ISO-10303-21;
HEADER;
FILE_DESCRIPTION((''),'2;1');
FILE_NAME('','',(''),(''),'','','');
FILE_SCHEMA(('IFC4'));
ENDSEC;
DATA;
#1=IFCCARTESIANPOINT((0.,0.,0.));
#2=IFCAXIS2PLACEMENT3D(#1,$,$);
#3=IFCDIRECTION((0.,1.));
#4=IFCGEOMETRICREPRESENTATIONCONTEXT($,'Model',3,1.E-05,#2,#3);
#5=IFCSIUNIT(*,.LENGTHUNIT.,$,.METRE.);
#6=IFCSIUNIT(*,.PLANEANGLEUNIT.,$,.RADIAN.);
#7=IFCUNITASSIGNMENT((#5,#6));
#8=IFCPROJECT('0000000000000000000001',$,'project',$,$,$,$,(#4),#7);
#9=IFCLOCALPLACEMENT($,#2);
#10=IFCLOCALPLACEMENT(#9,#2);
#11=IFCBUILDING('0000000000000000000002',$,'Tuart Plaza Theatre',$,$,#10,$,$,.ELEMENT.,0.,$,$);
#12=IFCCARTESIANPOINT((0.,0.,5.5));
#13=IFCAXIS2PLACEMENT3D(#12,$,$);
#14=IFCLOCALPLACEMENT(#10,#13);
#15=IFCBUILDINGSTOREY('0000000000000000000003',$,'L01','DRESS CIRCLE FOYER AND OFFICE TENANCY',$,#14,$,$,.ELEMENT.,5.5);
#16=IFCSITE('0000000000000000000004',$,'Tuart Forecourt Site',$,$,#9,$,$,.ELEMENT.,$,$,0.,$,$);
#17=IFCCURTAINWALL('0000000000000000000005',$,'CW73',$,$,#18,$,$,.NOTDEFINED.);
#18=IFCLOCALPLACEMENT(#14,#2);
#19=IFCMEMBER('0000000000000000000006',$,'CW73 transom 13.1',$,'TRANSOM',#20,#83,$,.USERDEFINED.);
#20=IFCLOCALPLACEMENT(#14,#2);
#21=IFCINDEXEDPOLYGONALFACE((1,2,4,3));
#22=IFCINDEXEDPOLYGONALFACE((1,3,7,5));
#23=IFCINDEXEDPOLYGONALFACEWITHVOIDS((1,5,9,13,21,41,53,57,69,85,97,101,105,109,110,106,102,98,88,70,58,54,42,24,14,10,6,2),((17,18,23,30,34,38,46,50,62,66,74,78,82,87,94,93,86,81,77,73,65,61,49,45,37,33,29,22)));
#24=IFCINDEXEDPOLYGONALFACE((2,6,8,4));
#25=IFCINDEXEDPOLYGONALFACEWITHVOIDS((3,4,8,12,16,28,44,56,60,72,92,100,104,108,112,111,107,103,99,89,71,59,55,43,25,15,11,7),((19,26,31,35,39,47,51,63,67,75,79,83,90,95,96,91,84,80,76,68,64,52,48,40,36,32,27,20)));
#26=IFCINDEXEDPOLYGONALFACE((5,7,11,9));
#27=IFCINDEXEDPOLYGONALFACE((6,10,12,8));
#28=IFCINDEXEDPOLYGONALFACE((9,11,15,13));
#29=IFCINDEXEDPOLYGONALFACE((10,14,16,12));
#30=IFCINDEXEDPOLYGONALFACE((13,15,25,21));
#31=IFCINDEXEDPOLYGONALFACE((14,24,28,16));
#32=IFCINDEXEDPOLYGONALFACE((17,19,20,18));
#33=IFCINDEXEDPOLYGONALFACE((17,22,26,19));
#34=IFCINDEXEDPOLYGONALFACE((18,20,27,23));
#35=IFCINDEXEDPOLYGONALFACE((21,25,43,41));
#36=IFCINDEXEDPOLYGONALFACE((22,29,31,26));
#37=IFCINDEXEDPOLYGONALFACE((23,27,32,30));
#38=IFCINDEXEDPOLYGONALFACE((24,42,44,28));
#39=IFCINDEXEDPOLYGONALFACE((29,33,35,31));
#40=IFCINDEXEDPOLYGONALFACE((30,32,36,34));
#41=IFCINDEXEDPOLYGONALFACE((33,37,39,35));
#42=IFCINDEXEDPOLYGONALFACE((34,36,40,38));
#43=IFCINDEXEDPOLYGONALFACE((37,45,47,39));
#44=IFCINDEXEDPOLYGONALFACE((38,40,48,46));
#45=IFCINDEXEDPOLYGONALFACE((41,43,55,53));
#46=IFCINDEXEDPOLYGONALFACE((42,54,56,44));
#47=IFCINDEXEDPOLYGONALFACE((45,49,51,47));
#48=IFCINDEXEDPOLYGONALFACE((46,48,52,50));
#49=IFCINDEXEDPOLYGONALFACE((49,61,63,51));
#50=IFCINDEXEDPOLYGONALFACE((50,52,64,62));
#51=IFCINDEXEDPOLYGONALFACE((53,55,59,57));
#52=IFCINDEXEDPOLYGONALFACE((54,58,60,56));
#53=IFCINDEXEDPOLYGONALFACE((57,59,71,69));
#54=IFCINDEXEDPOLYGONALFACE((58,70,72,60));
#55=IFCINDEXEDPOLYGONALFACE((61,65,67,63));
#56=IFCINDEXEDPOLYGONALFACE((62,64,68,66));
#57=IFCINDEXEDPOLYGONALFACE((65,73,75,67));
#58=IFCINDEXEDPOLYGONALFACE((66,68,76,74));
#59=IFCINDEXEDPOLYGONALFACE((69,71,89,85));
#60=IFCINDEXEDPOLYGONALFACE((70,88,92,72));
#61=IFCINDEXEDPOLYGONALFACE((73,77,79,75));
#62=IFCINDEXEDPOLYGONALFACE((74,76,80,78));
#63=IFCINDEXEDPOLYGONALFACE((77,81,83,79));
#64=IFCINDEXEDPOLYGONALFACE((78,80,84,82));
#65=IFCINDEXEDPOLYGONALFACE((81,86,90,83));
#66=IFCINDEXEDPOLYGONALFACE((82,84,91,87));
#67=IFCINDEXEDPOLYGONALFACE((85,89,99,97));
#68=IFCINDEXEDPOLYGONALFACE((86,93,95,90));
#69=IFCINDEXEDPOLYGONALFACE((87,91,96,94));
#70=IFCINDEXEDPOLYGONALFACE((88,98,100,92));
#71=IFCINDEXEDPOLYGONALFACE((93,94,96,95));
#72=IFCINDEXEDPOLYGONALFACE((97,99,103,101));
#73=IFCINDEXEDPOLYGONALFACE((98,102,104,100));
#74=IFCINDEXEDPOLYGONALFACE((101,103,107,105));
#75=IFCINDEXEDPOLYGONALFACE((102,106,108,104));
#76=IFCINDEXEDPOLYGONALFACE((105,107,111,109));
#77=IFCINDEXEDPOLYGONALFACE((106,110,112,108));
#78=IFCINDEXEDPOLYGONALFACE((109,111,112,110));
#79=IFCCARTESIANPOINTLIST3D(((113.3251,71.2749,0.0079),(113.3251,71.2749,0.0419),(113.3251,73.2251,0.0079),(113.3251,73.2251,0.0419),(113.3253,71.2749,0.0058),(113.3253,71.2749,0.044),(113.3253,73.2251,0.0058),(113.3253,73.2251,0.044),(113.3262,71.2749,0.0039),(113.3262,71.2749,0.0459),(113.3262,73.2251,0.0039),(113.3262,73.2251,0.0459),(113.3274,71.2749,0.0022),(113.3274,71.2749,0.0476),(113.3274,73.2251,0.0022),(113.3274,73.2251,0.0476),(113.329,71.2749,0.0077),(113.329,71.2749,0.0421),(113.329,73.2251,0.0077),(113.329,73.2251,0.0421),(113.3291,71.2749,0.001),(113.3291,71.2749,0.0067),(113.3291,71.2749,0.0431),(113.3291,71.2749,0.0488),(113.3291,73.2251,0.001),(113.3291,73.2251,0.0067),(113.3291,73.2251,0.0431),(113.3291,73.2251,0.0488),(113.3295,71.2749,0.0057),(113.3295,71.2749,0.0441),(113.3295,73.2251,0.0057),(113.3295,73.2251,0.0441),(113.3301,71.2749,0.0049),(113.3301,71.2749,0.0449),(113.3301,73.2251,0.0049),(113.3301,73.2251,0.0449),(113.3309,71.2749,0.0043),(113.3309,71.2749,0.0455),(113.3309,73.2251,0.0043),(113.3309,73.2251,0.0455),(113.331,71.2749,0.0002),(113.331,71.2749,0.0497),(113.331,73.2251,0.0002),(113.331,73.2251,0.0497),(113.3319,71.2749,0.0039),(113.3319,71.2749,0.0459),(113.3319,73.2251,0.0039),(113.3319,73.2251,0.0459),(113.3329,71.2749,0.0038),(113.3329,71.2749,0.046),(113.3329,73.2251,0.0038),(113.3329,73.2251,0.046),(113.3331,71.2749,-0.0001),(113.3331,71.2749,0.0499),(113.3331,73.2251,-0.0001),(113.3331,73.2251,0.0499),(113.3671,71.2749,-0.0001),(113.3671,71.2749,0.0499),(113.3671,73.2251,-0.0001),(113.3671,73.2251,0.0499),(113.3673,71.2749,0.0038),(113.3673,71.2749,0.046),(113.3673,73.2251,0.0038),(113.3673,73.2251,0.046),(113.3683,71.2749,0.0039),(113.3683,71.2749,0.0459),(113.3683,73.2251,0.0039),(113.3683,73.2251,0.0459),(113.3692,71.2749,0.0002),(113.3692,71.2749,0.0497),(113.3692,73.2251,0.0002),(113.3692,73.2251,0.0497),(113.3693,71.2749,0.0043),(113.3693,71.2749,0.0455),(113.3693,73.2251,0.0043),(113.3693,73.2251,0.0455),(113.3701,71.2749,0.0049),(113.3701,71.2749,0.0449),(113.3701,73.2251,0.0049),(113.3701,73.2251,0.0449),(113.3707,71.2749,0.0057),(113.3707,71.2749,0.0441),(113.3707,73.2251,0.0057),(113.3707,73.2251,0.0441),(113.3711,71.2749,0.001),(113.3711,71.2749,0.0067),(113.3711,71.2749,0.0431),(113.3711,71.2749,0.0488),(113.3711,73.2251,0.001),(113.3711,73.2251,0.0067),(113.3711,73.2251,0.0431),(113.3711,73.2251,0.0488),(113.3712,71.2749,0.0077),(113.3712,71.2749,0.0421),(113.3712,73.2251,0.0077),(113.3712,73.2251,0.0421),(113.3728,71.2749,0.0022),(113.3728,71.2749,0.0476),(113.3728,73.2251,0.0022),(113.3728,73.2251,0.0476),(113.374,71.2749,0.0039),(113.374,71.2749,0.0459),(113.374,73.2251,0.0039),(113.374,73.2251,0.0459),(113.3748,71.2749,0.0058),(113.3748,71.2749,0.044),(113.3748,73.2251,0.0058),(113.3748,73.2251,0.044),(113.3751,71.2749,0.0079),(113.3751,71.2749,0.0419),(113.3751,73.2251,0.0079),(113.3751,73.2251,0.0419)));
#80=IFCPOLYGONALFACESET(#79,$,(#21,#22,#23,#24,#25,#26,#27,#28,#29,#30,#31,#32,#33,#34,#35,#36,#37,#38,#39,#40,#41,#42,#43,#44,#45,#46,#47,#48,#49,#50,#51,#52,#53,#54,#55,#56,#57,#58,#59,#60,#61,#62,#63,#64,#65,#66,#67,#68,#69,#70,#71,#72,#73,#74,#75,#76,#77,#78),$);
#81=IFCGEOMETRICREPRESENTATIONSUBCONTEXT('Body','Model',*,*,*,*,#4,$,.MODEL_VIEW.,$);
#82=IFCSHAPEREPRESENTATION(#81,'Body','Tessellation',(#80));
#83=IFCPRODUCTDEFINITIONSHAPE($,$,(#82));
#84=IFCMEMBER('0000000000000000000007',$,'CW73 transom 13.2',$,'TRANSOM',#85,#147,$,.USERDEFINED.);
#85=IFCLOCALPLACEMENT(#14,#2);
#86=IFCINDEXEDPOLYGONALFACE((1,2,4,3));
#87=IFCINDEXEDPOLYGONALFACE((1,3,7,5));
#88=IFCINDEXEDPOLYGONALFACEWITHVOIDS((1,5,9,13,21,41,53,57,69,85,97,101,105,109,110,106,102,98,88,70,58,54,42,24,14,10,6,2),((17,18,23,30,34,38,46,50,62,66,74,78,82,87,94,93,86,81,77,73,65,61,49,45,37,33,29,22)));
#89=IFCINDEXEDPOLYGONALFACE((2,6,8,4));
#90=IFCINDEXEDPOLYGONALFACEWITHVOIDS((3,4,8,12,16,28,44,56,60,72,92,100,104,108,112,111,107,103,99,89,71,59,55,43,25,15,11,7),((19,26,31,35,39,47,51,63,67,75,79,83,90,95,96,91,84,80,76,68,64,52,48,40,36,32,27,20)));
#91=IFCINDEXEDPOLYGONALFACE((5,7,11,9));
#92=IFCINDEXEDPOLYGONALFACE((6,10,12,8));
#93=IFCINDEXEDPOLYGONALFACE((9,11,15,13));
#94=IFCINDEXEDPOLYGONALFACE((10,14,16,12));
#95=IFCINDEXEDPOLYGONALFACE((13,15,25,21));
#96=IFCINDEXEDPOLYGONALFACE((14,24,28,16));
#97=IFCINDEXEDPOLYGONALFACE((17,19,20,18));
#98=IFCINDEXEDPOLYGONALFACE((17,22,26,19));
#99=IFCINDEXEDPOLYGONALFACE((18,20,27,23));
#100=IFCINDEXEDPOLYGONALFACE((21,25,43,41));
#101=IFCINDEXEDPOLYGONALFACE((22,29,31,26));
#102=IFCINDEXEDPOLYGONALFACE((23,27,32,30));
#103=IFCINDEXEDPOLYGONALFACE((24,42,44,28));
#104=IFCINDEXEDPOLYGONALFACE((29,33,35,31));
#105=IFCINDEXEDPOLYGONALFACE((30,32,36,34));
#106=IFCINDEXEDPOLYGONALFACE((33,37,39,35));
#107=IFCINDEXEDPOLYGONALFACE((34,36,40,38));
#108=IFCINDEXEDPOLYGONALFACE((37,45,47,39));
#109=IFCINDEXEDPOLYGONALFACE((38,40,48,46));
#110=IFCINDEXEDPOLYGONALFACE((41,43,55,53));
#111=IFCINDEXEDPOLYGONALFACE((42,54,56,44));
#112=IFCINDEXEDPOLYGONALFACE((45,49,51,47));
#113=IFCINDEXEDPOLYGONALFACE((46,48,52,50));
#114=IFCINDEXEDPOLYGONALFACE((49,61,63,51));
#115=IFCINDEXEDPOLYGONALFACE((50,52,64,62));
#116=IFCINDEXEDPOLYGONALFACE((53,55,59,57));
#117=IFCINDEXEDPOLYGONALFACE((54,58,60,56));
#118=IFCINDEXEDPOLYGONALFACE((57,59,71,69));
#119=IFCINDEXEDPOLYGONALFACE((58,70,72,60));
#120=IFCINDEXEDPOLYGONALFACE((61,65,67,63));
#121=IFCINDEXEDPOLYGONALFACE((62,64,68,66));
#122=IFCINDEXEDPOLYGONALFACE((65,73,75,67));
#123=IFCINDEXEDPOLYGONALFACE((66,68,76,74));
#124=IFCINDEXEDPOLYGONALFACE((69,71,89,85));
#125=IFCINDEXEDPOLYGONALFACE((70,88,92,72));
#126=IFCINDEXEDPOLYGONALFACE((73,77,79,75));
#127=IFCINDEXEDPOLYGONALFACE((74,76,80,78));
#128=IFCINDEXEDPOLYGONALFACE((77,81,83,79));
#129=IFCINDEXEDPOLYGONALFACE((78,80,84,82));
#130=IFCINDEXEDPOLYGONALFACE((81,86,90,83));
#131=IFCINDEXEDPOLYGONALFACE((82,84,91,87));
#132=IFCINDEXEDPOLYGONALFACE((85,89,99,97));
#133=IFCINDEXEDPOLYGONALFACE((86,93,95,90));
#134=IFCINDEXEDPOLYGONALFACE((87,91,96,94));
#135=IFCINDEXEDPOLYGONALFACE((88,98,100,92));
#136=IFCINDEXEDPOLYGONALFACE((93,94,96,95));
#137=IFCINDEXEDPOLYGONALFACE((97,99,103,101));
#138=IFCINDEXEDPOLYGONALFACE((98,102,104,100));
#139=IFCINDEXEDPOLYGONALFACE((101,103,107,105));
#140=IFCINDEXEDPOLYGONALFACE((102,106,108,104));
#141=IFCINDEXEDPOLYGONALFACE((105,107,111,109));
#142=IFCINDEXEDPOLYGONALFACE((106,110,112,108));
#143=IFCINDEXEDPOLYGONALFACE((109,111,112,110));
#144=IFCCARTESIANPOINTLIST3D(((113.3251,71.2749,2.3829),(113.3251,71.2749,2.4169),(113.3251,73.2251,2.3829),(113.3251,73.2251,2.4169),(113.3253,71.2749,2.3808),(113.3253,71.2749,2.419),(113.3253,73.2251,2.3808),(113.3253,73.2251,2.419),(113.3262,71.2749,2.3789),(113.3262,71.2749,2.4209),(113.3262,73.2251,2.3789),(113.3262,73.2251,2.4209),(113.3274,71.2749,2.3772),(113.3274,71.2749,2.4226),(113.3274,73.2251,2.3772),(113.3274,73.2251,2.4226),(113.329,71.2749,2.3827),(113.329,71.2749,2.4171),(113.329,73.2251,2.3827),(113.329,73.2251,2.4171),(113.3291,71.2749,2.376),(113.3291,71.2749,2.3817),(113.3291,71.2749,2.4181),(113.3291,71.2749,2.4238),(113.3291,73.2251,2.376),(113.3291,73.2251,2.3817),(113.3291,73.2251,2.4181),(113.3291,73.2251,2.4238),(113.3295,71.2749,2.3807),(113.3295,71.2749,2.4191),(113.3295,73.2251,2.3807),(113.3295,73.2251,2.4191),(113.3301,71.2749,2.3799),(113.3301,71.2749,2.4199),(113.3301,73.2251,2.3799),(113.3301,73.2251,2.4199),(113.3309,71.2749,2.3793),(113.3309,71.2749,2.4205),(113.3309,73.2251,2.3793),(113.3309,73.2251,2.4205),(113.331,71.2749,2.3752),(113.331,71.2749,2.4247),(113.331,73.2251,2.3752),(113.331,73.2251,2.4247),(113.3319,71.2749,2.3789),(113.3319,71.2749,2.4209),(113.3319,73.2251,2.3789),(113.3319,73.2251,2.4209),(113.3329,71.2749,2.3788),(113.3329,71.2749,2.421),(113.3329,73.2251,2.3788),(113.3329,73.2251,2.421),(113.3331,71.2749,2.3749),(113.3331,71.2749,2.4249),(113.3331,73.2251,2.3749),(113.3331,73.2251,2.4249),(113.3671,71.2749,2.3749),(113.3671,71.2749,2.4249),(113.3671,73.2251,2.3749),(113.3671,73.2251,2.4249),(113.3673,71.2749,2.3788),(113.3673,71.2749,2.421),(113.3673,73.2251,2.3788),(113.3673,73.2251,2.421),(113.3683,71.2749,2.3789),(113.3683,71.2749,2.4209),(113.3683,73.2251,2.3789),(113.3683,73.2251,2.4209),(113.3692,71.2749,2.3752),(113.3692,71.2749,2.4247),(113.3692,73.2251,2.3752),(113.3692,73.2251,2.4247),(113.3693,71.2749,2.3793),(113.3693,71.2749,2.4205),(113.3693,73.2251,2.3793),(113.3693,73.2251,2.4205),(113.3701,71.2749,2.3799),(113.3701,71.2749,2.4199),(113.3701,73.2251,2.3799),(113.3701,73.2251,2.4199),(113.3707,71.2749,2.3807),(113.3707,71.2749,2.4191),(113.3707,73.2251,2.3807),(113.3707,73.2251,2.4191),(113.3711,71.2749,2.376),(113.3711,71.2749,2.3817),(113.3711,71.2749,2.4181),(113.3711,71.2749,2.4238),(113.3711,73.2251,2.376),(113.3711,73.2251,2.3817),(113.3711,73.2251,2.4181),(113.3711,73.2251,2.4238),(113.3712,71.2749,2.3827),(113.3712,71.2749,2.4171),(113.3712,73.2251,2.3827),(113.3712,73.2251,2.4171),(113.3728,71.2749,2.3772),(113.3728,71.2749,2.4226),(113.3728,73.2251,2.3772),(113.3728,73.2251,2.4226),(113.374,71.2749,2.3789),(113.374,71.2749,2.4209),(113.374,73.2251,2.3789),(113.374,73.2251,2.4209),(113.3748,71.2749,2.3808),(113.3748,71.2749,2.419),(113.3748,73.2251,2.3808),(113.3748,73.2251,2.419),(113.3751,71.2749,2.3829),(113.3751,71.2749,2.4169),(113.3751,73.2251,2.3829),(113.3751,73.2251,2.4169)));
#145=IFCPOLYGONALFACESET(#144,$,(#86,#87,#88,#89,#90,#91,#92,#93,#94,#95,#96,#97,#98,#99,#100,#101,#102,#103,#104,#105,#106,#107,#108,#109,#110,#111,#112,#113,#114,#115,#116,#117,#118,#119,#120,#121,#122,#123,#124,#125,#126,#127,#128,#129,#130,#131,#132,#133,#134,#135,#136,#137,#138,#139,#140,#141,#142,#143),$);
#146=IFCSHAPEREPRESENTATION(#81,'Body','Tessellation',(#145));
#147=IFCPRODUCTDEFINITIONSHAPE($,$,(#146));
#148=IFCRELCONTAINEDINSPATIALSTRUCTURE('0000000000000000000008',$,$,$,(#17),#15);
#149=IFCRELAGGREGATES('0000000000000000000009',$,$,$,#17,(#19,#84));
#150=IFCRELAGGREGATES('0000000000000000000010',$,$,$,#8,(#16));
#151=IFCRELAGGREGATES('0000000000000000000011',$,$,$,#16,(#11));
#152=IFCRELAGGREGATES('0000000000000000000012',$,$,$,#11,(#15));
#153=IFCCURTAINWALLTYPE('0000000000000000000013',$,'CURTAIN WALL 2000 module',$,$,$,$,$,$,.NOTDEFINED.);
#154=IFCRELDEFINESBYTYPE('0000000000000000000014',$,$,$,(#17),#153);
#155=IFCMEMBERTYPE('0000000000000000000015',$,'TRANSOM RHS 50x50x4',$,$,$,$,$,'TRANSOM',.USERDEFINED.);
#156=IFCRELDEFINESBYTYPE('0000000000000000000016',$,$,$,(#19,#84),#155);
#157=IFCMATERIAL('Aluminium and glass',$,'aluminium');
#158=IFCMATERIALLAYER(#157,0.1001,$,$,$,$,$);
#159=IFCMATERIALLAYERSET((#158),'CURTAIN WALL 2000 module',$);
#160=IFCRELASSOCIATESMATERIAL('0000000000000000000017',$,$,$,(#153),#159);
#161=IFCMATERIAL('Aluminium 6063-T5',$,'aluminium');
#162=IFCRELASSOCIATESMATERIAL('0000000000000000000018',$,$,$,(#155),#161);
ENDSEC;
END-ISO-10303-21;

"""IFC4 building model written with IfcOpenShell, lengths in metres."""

from ifc_helpers import new_model, si_unit, direction, frame, origin, origin_2d, place, context, subcontext, project, spatial, hollow_rectangle, extrude, material, layer, layer_set, material_profile, profile_set, type_object, element, aggregate, save


model = new_model("IFC4")

# Units and contexts
model_context = context("Model", 3, precision=1e-05, world=origin(), true_north=direction((0.0, 1.0)))
body_context = subcontext(model_context, "Body", "Model", "MODEL_VIEW")
ifc_project = project(units=[si_unit("LENGTHUNIT", "METRE"), si_unit("PLANEANGLEUNIT", "RADIAN")], contexts=[model_context])

# Site, building, storey
site_placement = place(None, origin())
site = spatial("IfcSite", under=ifc_project, at=site_placement, Name="Tuart Forecourt Site", CompositionType="ELEMENT", RefElevation=0.0)
building_placement = place(site_placement, origin())
building = spatial("IfcBuilding", under=site, at=building_placement, Name="Tuart Plaza Theatre", CompositionType="ELEMENT", ElevationOfRefHeight=0.0)
storey_placement = place(building_placement, frame((0.0, 0.0, 5.5)))
storey = spatial("IfcBuildingStorey", under=building, at=storey_placement, Name="L01", Description="DRESS CIRCLE FOYER AND OFFICE TENANCY", CompositionType="ELEMENT", Elevation=5.5)

# Curtain wall, members
ifc_material_1 = material(Name="Aluminium and glass", Category="aluminium")
ifc_layer_1 = layer(ifc_material_1, 0.1001)
ifc_layer_set_1 = layer_set([ifc_layer_1], Name="CURTAIN WALL 2000 module")
curtain_wall_type = type_object("IfcCurtainWallType", Name="CURTAIN WALL 2000 module", PredefinedType="NOTDEFINED", material=ifc_layer_set_1)
curtain_wall_placement = place(storey_placement, origin())
curtain_wall = element("IfcCurtainWall", 1, at=curtain_wall_placement, inside=storey, type_object=curtain_wall_type, Name="CW73", PredefinedType="NOTDEFINED")
ifc_material_2 = material(Name="Aluminium 6063-T5", Category="aluminium")
ifc_material_profile_1 = material_profile(ifc_material_2, hollow_rectangle(XDim=0.05, YDim=0.05, WallThickness=0.0039, InnerFilletRadius=0.0039, OuterFilletRadius=0.0081, at=origin_2d()), Name="RHS 50x50x4")
ifc_profile_set_1 = profile_set([ifc_material_profile_1], Name="Aluminium 6063-T5")
member_type_1 = type_object("IfcMemberType", Name="TRANSOM RHS 50x50x4", ElementType="TRANSOM", PredefinedType="USERDEFINED", material=ifc_profile_set_1)
member_1_placement = place(storey_placement, frame((113.3501, 73.2251, 0.0249), z_axis=(0.0, -1.0, 0.0), x_axis=(1.0, 0.0, 0.0)))
member_1 = element("IfcMember", 2, at=member_1_placement, type_object=member_type_1, Name="CW73 transom 13.1", ObjectType="TRANSOM", PredefinedType="USERDEFINED", context=body_context, shape_type="SweptSolid", body=[
    extrude(hollow_rectangle(XDim=0.05, YDim=0.05, WallThickness=0.0039, InnerFilletRadius=0.0039, OuterFilletRadius=0.0081, at=origin_2d()), origin(), (0.0, 0.0, 1.0), 1.9502),
])
member_2_placement = place(storey_placement, frame((113.3501, 73.2251, 2.3999), z_axis=(0.0, -1.0, 0.0), x_axis=(1.0, 0.0, 0.0)))
member_2 = element("IfcMember", 3, at=member_2_placement, type_object=member_type_1, Name="CW73 transom 13.2", ObjectType="TRANSOM", PredefinedType="USERDEFINED", context=body_context, shape_type="SweptSolid", body=[
    extrude(hollow_rectangle(XDim=0.05, YDim=0.05, WallThickness=0.0039, InnerFilletRadius=0.0039, OuterFilletRadius=0.0081, at=origin_2d()), origin(), (0.0, 0.0, 1.0), 1.9502),
])
aggregate(curtain_wall, [member_1, member_2])

save(model, "model.ifc")
